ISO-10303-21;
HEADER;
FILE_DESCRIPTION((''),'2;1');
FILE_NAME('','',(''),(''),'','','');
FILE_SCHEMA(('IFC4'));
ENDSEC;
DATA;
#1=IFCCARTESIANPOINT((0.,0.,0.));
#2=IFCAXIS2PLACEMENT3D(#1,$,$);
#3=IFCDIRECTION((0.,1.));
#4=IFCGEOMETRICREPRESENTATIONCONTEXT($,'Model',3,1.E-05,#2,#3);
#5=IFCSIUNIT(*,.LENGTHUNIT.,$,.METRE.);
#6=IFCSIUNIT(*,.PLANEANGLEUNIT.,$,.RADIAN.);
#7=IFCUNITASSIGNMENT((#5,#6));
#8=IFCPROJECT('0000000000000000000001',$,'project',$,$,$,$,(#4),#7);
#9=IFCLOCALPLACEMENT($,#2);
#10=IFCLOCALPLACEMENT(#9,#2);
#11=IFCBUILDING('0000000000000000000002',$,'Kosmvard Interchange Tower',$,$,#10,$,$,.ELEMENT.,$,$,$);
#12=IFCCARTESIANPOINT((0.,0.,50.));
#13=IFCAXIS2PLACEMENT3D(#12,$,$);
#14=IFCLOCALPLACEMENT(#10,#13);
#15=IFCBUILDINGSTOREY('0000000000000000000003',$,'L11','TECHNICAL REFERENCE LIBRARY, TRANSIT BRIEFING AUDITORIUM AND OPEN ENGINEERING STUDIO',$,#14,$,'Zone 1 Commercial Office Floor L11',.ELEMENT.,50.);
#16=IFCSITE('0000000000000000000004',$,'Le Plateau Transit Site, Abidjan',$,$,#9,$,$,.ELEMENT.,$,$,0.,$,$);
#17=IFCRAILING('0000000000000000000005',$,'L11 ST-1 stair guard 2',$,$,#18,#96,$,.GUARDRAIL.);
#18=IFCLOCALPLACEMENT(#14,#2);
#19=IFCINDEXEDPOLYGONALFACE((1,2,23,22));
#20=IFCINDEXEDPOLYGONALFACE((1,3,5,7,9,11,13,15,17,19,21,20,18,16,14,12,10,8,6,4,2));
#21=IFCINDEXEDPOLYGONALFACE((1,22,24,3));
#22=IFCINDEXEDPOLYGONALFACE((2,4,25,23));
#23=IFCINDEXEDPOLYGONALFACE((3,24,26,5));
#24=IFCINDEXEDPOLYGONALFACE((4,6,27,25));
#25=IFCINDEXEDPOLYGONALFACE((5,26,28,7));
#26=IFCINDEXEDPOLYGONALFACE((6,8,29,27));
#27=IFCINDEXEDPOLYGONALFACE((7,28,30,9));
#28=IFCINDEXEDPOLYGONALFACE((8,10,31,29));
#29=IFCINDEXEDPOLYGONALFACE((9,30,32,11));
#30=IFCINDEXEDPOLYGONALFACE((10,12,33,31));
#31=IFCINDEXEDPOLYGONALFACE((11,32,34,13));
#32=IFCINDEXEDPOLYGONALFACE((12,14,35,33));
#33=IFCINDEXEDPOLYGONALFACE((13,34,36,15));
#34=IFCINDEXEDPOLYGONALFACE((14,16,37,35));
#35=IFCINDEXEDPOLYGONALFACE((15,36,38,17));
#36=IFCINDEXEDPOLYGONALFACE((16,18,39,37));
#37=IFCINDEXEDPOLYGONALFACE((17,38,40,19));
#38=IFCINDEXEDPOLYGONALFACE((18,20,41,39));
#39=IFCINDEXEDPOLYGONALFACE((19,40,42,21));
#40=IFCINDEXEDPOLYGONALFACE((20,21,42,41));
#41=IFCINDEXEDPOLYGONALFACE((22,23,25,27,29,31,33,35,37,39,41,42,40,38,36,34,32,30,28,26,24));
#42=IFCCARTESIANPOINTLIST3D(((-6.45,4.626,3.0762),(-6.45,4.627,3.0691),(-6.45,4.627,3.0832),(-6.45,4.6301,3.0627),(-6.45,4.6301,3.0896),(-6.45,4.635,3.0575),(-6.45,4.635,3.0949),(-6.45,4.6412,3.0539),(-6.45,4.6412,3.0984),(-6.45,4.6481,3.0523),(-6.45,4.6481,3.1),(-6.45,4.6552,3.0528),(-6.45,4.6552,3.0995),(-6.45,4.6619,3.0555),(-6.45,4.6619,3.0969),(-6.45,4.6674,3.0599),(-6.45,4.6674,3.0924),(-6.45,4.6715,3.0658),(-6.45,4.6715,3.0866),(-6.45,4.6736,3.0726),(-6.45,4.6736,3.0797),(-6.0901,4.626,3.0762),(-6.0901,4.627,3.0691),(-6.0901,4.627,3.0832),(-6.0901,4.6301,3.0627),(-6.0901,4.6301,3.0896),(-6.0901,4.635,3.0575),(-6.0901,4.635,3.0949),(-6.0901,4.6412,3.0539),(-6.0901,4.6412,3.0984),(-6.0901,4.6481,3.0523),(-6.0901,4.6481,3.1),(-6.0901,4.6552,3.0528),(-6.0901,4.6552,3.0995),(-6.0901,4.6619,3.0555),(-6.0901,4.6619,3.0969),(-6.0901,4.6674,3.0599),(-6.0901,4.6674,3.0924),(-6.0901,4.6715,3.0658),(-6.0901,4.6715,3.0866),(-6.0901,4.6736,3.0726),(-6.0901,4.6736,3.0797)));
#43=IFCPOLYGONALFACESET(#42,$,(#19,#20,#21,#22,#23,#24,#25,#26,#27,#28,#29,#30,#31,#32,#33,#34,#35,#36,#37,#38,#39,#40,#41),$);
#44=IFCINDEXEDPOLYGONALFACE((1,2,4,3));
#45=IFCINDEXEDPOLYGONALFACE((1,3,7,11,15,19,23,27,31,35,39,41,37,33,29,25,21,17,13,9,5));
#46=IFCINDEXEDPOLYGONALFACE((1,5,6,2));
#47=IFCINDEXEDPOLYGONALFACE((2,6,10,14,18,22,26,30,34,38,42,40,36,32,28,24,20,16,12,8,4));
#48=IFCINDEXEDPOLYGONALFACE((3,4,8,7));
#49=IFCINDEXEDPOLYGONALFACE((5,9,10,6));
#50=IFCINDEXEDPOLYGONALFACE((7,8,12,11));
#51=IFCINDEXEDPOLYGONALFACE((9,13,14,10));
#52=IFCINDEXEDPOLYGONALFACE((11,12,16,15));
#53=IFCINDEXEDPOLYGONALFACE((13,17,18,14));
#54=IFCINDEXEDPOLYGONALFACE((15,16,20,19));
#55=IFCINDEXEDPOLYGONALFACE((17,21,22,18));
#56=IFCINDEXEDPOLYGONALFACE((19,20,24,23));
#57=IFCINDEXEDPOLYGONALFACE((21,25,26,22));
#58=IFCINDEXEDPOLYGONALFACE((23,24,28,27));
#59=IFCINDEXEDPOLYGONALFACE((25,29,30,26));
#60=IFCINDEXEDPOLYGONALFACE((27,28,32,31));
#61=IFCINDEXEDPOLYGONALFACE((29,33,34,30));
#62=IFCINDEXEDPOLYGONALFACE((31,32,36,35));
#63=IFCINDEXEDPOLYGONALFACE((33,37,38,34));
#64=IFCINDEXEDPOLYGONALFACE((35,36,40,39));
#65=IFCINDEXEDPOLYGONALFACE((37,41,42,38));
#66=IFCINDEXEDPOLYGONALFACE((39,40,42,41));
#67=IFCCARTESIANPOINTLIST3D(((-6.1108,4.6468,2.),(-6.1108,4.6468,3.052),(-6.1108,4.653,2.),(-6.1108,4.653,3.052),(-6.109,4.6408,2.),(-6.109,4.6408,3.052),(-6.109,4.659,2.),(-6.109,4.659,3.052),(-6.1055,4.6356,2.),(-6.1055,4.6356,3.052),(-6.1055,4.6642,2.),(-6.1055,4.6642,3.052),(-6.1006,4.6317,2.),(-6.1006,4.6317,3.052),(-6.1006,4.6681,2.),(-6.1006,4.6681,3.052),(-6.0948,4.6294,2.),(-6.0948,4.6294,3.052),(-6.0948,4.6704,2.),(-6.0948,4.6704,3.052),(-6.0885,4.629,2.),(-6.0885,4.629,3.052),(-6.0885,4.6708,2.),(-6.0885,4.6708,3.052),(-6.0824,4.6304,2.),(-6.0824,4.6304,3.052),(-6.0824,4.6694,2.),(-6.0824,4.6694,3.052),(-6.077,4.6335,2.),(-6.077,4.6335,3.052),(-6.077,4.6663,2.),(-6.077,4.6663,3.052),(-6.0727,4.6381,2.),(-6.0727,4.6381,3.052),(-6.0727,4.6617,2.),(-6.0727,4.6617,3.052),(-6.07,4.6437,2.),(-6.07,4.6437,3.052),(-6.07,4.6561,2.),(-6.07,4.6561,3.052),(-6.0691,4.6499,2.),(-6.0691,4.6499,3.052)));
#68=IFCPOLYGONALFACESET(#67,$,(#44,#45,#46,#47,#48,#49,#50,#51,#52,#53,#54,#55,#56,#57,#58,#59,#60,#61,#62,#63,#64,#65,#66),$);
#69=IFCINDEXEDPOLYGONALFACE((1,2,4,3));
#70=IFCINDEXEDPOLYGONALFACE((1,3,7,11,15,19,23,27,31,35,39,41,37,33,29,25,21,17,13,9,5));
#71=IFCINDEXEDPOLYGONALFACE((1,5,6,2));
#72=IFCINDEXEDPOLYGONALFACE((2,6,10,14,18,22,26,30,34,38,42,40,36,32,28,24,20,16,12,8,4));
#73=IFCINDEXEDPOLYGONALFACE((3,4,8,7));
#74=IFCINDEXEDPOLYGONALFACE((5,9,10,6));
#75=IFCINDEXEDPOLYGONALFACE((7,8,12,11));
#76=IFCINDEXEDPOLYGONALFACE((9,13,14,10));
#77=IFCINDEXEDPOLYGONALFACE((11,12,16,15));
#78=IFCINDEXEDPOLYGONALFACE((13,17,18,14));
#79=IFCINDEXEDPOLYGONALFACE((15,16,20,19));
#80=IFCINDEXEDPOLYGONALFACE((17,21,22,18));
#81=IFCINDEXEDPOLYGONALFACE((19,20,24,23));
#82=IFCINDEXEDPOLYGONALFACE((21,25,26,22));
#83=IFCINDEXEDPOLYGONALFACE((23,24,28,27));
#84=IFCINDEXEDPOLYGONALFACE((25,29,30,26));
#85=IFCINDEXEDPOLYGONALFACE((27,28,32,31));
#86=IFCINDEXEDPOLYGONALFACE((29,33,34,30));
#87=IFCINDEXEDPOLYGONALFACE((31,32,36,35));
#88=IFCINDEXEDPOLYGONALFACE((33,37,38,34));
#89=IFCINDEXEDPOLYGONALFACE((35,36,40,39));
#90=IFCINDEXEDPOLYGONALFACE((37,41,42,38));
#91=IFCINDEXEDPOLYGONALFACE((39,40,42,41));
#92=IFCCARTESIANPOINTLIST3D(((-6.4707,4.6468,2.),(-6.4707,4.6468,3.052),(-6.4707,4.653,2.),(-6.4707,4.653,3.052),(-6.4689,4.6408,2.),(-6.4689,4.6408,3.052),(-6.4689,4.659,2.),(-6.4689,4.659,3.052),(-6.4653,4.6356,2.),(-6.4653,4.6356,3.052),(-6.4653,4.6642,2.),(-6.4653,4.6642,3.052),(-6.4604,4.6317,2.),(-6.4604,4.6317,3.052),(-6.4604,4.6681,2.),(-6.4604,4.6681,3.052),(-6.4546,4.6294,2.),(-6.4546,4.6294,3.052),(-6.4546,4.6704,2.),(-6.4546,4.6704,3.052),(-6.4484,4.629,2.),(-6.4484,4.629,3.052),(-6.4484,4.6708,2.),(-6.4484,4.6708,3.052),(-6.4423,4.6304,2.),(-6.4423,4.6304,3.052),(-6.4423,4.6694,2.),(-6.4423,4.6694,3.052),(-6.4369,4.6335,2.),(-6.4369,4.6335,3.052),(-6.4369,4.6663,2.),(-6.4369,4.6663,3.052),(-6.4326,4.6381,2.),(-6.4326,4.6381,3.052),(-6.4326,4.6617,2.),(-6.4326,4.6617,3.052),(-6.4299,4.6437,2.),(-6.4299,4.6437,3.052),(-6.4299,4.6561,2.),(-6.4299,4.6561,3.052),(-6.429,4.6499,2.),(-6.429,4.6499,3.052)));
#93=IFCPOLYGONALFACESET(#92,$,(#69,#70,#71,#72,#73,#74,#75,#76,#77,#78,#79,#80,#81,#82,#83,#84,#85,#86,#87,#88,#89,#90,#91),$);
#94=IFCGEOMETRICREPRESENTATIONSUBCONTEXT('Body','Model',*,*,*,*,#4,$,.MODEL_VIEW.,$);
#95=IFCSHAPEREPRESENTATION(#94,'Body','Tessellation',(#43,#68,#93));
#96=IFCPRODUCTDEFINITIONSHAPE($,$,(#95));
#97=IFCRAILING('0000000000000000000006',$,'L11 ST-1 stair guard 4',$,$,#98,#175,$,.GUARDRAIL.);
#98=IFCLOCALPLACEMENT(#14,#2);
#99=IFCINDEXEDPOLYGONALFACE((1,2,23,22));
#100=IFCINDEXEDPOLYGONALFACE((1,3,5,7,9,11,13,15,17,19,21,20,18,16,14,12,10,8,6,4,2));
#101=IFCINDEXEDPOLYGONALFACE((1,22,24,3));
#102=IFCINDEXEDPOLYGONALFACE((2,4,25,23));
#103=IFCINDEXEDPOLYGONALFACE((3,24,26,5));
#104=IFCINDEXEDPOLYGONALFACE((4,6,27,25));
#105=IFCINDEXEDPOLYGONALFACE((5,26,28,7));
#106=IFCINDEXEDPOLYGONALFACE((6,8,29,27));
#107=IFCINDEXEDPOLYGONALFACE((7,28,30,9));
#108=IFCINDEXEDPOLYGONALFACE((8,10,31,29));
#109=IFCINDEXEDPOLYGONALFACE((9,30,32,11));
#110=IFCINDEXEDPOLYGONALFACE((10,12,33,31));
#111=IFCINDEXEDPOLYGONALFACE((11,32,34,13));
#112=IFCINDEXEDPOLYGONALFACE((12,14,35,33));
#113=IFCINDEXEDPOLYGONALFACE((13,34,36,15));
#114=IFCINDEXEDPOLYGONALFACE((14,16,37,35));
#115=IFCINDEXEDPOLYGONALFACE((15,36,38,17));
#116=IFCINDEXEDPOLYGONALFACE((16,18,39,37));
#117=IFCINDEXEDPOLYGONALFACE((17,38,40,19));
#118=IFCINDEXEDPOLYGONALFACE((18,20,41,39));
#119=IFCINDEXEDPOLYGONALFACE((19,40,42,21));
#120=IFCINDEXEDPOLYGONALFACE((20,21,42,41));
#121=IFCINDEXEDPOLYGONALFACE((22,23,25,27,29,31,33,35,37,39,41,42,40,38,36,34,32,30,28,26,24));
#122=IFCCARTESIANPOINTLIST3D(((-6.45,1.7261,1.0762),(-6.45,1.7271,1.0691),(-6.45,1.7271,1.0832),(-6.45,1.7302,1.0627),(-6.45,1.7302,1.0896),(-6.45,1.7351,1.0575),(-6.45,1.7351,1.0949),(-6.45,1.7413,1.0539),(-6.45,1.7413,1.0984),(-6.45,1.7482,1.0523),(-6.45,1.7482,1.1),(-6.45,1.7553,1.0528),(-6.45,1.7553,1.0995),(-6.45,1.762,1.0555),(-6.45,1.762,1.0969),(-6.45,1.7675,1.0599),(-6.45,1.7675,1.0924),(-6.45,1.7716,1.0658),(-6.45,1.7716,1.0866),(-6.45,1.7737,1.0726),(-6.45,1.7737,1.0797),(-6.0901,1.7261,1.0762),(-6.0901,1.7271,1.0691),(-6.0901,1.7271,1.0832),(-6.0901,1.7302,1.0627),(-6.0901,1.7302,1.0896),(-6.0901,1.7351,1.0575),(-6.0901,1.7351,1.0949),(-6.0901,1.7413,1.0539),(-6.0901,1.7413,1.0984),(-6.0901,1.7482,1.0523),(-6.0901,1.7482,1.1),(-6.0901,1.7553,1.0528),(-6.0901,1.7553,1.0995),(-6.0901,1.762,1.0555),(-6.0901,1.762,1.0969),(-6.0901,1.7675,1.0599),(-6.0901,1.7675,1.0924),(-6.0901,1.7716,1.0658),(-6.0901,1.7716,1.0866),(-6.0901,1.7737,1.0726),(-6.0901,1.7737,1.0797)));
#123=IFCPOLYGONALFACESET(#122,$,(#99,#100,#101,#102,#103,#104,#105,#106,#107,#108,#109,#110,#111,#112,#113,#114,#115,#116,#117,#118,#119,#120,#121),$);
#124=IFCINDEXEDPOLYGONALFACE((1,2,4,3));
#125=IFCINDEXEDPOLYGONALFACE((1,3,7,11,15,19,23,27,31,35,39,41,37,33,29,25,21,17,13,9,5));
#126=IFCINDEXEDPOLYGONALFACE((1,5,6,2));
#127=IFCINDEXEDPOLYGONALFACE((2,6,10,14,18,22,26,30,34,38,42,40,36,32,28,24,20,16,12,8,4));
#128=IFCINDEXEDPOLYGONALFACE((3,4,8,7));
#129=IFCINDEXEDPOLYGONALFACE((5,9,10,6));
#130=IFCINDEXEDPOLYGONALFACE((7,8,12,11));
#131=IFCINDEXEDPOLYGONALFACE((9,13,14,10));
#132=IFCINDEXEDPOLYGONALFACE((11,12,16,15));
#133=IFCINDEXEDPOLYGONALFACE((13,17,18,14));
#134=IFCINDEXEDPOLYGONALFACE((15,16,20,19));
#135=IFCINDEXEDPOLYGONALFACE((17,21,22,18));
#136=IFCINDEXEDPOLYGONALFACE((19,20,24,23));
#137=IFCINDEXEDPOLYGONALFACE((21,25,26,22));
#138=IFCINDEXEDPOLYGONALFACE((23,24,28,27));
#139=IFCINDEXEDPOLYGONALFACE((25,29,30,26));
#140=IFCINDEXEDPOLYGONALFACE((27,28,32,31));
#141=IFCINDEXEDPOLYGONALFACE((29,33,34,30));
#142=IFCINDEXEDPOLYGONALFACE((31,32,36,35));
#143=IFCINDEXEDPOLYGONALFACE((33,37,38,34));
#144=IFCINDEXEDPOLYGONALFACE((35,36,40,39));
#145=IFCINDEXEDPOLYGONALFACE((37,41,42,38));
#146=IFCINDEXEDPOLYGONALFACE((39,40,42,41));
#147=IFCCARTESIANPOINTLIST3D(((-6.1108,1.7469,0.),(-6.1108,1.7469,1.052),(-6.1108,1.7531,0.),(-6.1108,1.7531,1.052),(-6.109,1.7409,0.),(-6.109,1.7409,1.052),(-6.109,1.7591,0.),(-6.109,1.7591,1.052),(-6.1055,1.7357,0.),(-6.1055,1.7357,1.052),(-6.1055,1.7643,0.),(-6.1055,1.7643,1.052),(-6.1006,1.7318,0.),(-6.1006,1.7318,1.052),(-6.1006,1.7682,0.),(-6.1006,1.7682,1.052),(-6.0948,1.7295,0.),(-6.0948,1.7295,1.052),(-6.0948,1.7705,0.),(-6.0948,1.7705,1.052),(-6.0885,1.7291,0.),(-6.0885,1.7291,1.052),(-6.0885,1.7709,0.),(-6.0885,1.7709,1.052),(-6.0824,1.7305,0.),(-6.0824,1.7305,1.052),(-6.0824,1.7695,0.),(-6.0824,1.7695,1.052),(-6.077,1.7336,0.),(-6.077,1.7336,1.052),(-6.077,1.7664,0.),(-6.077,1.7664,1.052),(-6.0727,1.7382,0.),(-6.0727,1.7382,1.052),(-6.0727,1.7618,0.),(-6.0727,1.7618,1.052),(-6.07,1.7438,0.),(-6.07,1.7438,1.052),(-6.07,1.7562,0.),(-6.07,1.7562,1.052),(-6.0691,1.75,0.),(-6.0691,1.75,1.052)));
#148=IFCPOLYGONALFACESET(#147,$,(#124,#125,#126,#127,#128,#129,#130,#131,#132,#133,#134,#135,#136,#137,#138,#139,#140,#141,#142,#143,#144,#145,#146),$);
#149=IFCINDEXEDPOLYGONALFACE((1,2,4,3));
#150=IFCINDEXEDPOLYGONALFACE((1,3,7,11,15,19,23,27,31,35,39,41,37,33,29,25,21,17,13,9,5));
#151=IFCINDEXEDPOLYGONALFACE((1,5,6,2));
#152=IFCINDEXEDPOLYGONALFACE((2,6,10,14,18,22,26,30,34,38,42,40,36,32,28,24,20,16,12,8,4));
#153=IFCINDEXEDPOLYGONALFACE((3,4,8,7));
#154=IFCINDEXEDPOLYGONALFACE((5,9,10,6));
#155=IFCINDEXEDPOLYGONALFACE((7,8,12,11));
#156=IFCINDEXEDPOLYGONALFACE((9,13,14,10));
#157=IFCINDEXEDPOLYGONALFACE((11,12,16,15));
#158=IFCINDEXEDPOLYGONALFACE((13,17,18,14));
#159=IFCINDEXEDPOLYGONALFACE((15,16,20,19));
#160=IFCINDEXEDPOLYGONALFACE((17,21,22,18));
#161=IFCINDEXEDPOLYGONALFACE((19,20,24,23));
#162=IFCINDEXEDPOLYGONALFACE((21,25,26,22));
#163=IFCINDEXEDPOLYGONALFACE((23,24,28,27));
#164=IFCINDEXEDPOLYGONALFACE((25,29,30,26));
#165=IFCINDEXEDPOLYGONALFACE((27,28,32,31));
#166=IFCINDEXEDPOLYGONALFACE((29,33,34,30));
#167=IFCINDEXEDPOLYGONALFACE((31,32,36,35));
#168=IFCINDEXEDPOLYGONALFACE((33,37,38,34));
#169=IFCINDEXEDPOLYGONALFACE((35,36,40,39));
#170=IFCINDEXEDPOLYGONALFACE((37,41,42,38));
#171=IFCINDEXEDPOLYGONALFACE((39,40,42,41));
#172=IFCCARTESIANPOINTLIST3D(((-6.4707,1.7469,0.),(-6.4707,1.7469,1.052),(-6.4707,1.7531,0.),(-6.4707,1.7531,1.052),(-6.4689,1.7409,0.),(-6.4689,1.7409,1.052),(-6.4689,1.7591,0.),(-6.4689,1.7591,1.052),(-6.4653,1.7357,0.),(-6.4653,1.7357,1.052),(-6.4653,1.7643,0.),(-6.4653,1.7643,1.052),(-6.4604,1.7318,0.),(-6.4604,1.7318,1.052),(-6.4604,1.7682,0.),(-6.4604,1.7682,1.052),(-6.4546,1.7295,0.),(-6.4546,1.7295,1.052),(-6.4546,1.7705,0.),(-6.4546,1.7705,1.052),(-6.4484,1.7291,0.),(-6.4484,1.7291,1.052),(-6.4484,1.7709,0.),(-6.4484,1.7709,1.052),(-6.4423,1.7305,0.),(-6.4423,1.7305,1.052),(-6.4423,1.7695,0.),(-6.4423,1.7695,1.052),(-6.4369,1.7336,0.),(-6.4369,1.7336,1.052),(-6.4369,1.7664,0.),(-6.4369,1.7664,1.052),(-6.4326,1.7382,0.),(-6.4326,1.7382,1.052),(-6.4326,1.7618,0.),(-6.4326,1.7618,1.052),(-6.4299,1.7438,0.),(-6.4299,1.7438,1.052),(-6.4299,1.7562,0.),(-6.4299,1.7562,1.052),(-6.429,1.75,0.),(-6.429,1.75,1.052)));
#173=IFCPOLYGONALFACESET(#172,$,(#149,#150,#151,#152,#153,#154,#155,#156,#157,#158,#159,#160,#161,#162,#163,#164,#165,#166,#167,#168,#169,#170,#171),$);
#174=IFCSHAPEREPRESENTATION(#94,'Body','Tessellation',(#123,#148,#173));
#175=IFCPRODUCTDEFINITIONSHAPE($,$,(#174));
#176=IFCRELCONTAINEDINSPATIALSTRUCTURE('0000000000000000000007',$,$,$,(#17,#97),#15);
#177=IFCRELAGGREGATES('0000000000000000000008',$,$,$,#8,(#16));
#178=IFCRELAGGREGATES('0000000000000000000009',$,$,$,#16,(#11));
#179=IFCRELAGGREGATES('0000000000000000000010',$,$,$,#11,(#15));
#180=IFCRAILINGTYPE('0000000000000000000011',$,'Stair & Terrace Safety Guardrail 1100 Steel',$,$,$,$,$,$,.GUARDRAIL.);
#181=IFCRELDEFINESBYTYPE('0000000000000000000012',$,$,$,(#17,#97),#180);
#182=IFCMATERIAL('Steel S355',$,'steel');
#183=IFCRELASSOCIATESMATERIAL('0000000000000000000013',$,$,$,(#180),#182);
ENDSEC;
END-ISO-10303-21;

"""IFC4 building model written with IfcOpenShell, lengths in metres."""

from ifc_helpers import new_model, si_unit, direction, frame, origin, origin_2d, place, context, subcontext, project, spatial, circle, extrude, source, transform, mapped, material, type_object, element, save


model = new_model("IFC4")

# Units and contexts
model_context = context("Model", 3, precision=1e-05, world=origin(), true_north=direction((0.0, 1.0)))
body_context = subcontext(model_context, "Body", "Model", "MODEL_VIEW")
ifc_project = project(units=[si_unit("LENGTHUNIT", "METRE"), si_unit("PLANEANGLEUNIT", "RADIAN")], contexts=[model_context])

# Site, building, storey
site_placement = place(None, origin())
site = spatial("IfcSite", under=ifc_project, at=site_placement, Name="Le Plateau Transit Site, Abidjan", CompositionType="ELEMENT", RefElevation=0.0)
building_placement = place(site_placement, origin())
building = spatial("IfcBuilding", under=site, at=building_placement, Name="Kosmvard Interchange Tower", CompositionType="ELEMENT")
storey_placement = place(building_placement, frame((0.0, 0.0, 50.0)))
storey = spatial("IfcBuildingStorey", under=building, at=storey_placement, Name="L11", Description="TECHNICAL REFERENCE LIBRARY, TRANSIT BRIEFING AUDITORIUM AND OPEN ENGINEERING STUDIO", LongName="Zone 1 Commercial Office Floor L11", CompositionType="ELEMENT", Elevation=50.0)

# Railings
ifc_material_1 = material(Name="Steel S355", Category="steel")
railing_type_1 = type_object("IfcRailingType", Name="Stair & Terrace Safety Guardrail 1100 Steel", PredefinedType="GUARDRAIL", material=ifc_material_1)
shared_shape_1 = source(origin(), body_context, "Body", "SweptSolid", [
    extrude(circle(Radius=0.0239, at=origin_2d()), frame((0.0, 0.0, 1.0762), z_axis=(-1.0, 0.0, 0.0), x_axis=(0.0, -1.0, 0.0)), (0.0, 0.0, 1.0), 0.3599),
    extrude(circle(Radius=0.021, at=origin_2d()), origin(), (0.0, 0.0, 1.0), 1.052),
    extrude(circle(Radius=0.021, at=origin_2d()), frame((-0.3599, 0.0, 0.0)), (0.0, 0.0, 1.0), 1.052),
])
for number, where, name in (
    (1, (-6.0901, 4.6499, 2.0), "L11 ST-1 stair guard 2"),
    (2, (-6.0901, 1.75, 0.0), "L11 ST-1 stair guard 4"),
):
    element("IfcRailing", number, at=place(storey_placement, frame(where)), inside=storey, type_object=railing_type_1, Name=name, PredefinedType="GUARDRAIL", context=body_context, shape_type="MappedRepresentation", body=[
        mapped(shared_shape_1, transform((0.0, 0.0, 0.0), scale=1.0)),
    ])

save(model, "model.ifc")
